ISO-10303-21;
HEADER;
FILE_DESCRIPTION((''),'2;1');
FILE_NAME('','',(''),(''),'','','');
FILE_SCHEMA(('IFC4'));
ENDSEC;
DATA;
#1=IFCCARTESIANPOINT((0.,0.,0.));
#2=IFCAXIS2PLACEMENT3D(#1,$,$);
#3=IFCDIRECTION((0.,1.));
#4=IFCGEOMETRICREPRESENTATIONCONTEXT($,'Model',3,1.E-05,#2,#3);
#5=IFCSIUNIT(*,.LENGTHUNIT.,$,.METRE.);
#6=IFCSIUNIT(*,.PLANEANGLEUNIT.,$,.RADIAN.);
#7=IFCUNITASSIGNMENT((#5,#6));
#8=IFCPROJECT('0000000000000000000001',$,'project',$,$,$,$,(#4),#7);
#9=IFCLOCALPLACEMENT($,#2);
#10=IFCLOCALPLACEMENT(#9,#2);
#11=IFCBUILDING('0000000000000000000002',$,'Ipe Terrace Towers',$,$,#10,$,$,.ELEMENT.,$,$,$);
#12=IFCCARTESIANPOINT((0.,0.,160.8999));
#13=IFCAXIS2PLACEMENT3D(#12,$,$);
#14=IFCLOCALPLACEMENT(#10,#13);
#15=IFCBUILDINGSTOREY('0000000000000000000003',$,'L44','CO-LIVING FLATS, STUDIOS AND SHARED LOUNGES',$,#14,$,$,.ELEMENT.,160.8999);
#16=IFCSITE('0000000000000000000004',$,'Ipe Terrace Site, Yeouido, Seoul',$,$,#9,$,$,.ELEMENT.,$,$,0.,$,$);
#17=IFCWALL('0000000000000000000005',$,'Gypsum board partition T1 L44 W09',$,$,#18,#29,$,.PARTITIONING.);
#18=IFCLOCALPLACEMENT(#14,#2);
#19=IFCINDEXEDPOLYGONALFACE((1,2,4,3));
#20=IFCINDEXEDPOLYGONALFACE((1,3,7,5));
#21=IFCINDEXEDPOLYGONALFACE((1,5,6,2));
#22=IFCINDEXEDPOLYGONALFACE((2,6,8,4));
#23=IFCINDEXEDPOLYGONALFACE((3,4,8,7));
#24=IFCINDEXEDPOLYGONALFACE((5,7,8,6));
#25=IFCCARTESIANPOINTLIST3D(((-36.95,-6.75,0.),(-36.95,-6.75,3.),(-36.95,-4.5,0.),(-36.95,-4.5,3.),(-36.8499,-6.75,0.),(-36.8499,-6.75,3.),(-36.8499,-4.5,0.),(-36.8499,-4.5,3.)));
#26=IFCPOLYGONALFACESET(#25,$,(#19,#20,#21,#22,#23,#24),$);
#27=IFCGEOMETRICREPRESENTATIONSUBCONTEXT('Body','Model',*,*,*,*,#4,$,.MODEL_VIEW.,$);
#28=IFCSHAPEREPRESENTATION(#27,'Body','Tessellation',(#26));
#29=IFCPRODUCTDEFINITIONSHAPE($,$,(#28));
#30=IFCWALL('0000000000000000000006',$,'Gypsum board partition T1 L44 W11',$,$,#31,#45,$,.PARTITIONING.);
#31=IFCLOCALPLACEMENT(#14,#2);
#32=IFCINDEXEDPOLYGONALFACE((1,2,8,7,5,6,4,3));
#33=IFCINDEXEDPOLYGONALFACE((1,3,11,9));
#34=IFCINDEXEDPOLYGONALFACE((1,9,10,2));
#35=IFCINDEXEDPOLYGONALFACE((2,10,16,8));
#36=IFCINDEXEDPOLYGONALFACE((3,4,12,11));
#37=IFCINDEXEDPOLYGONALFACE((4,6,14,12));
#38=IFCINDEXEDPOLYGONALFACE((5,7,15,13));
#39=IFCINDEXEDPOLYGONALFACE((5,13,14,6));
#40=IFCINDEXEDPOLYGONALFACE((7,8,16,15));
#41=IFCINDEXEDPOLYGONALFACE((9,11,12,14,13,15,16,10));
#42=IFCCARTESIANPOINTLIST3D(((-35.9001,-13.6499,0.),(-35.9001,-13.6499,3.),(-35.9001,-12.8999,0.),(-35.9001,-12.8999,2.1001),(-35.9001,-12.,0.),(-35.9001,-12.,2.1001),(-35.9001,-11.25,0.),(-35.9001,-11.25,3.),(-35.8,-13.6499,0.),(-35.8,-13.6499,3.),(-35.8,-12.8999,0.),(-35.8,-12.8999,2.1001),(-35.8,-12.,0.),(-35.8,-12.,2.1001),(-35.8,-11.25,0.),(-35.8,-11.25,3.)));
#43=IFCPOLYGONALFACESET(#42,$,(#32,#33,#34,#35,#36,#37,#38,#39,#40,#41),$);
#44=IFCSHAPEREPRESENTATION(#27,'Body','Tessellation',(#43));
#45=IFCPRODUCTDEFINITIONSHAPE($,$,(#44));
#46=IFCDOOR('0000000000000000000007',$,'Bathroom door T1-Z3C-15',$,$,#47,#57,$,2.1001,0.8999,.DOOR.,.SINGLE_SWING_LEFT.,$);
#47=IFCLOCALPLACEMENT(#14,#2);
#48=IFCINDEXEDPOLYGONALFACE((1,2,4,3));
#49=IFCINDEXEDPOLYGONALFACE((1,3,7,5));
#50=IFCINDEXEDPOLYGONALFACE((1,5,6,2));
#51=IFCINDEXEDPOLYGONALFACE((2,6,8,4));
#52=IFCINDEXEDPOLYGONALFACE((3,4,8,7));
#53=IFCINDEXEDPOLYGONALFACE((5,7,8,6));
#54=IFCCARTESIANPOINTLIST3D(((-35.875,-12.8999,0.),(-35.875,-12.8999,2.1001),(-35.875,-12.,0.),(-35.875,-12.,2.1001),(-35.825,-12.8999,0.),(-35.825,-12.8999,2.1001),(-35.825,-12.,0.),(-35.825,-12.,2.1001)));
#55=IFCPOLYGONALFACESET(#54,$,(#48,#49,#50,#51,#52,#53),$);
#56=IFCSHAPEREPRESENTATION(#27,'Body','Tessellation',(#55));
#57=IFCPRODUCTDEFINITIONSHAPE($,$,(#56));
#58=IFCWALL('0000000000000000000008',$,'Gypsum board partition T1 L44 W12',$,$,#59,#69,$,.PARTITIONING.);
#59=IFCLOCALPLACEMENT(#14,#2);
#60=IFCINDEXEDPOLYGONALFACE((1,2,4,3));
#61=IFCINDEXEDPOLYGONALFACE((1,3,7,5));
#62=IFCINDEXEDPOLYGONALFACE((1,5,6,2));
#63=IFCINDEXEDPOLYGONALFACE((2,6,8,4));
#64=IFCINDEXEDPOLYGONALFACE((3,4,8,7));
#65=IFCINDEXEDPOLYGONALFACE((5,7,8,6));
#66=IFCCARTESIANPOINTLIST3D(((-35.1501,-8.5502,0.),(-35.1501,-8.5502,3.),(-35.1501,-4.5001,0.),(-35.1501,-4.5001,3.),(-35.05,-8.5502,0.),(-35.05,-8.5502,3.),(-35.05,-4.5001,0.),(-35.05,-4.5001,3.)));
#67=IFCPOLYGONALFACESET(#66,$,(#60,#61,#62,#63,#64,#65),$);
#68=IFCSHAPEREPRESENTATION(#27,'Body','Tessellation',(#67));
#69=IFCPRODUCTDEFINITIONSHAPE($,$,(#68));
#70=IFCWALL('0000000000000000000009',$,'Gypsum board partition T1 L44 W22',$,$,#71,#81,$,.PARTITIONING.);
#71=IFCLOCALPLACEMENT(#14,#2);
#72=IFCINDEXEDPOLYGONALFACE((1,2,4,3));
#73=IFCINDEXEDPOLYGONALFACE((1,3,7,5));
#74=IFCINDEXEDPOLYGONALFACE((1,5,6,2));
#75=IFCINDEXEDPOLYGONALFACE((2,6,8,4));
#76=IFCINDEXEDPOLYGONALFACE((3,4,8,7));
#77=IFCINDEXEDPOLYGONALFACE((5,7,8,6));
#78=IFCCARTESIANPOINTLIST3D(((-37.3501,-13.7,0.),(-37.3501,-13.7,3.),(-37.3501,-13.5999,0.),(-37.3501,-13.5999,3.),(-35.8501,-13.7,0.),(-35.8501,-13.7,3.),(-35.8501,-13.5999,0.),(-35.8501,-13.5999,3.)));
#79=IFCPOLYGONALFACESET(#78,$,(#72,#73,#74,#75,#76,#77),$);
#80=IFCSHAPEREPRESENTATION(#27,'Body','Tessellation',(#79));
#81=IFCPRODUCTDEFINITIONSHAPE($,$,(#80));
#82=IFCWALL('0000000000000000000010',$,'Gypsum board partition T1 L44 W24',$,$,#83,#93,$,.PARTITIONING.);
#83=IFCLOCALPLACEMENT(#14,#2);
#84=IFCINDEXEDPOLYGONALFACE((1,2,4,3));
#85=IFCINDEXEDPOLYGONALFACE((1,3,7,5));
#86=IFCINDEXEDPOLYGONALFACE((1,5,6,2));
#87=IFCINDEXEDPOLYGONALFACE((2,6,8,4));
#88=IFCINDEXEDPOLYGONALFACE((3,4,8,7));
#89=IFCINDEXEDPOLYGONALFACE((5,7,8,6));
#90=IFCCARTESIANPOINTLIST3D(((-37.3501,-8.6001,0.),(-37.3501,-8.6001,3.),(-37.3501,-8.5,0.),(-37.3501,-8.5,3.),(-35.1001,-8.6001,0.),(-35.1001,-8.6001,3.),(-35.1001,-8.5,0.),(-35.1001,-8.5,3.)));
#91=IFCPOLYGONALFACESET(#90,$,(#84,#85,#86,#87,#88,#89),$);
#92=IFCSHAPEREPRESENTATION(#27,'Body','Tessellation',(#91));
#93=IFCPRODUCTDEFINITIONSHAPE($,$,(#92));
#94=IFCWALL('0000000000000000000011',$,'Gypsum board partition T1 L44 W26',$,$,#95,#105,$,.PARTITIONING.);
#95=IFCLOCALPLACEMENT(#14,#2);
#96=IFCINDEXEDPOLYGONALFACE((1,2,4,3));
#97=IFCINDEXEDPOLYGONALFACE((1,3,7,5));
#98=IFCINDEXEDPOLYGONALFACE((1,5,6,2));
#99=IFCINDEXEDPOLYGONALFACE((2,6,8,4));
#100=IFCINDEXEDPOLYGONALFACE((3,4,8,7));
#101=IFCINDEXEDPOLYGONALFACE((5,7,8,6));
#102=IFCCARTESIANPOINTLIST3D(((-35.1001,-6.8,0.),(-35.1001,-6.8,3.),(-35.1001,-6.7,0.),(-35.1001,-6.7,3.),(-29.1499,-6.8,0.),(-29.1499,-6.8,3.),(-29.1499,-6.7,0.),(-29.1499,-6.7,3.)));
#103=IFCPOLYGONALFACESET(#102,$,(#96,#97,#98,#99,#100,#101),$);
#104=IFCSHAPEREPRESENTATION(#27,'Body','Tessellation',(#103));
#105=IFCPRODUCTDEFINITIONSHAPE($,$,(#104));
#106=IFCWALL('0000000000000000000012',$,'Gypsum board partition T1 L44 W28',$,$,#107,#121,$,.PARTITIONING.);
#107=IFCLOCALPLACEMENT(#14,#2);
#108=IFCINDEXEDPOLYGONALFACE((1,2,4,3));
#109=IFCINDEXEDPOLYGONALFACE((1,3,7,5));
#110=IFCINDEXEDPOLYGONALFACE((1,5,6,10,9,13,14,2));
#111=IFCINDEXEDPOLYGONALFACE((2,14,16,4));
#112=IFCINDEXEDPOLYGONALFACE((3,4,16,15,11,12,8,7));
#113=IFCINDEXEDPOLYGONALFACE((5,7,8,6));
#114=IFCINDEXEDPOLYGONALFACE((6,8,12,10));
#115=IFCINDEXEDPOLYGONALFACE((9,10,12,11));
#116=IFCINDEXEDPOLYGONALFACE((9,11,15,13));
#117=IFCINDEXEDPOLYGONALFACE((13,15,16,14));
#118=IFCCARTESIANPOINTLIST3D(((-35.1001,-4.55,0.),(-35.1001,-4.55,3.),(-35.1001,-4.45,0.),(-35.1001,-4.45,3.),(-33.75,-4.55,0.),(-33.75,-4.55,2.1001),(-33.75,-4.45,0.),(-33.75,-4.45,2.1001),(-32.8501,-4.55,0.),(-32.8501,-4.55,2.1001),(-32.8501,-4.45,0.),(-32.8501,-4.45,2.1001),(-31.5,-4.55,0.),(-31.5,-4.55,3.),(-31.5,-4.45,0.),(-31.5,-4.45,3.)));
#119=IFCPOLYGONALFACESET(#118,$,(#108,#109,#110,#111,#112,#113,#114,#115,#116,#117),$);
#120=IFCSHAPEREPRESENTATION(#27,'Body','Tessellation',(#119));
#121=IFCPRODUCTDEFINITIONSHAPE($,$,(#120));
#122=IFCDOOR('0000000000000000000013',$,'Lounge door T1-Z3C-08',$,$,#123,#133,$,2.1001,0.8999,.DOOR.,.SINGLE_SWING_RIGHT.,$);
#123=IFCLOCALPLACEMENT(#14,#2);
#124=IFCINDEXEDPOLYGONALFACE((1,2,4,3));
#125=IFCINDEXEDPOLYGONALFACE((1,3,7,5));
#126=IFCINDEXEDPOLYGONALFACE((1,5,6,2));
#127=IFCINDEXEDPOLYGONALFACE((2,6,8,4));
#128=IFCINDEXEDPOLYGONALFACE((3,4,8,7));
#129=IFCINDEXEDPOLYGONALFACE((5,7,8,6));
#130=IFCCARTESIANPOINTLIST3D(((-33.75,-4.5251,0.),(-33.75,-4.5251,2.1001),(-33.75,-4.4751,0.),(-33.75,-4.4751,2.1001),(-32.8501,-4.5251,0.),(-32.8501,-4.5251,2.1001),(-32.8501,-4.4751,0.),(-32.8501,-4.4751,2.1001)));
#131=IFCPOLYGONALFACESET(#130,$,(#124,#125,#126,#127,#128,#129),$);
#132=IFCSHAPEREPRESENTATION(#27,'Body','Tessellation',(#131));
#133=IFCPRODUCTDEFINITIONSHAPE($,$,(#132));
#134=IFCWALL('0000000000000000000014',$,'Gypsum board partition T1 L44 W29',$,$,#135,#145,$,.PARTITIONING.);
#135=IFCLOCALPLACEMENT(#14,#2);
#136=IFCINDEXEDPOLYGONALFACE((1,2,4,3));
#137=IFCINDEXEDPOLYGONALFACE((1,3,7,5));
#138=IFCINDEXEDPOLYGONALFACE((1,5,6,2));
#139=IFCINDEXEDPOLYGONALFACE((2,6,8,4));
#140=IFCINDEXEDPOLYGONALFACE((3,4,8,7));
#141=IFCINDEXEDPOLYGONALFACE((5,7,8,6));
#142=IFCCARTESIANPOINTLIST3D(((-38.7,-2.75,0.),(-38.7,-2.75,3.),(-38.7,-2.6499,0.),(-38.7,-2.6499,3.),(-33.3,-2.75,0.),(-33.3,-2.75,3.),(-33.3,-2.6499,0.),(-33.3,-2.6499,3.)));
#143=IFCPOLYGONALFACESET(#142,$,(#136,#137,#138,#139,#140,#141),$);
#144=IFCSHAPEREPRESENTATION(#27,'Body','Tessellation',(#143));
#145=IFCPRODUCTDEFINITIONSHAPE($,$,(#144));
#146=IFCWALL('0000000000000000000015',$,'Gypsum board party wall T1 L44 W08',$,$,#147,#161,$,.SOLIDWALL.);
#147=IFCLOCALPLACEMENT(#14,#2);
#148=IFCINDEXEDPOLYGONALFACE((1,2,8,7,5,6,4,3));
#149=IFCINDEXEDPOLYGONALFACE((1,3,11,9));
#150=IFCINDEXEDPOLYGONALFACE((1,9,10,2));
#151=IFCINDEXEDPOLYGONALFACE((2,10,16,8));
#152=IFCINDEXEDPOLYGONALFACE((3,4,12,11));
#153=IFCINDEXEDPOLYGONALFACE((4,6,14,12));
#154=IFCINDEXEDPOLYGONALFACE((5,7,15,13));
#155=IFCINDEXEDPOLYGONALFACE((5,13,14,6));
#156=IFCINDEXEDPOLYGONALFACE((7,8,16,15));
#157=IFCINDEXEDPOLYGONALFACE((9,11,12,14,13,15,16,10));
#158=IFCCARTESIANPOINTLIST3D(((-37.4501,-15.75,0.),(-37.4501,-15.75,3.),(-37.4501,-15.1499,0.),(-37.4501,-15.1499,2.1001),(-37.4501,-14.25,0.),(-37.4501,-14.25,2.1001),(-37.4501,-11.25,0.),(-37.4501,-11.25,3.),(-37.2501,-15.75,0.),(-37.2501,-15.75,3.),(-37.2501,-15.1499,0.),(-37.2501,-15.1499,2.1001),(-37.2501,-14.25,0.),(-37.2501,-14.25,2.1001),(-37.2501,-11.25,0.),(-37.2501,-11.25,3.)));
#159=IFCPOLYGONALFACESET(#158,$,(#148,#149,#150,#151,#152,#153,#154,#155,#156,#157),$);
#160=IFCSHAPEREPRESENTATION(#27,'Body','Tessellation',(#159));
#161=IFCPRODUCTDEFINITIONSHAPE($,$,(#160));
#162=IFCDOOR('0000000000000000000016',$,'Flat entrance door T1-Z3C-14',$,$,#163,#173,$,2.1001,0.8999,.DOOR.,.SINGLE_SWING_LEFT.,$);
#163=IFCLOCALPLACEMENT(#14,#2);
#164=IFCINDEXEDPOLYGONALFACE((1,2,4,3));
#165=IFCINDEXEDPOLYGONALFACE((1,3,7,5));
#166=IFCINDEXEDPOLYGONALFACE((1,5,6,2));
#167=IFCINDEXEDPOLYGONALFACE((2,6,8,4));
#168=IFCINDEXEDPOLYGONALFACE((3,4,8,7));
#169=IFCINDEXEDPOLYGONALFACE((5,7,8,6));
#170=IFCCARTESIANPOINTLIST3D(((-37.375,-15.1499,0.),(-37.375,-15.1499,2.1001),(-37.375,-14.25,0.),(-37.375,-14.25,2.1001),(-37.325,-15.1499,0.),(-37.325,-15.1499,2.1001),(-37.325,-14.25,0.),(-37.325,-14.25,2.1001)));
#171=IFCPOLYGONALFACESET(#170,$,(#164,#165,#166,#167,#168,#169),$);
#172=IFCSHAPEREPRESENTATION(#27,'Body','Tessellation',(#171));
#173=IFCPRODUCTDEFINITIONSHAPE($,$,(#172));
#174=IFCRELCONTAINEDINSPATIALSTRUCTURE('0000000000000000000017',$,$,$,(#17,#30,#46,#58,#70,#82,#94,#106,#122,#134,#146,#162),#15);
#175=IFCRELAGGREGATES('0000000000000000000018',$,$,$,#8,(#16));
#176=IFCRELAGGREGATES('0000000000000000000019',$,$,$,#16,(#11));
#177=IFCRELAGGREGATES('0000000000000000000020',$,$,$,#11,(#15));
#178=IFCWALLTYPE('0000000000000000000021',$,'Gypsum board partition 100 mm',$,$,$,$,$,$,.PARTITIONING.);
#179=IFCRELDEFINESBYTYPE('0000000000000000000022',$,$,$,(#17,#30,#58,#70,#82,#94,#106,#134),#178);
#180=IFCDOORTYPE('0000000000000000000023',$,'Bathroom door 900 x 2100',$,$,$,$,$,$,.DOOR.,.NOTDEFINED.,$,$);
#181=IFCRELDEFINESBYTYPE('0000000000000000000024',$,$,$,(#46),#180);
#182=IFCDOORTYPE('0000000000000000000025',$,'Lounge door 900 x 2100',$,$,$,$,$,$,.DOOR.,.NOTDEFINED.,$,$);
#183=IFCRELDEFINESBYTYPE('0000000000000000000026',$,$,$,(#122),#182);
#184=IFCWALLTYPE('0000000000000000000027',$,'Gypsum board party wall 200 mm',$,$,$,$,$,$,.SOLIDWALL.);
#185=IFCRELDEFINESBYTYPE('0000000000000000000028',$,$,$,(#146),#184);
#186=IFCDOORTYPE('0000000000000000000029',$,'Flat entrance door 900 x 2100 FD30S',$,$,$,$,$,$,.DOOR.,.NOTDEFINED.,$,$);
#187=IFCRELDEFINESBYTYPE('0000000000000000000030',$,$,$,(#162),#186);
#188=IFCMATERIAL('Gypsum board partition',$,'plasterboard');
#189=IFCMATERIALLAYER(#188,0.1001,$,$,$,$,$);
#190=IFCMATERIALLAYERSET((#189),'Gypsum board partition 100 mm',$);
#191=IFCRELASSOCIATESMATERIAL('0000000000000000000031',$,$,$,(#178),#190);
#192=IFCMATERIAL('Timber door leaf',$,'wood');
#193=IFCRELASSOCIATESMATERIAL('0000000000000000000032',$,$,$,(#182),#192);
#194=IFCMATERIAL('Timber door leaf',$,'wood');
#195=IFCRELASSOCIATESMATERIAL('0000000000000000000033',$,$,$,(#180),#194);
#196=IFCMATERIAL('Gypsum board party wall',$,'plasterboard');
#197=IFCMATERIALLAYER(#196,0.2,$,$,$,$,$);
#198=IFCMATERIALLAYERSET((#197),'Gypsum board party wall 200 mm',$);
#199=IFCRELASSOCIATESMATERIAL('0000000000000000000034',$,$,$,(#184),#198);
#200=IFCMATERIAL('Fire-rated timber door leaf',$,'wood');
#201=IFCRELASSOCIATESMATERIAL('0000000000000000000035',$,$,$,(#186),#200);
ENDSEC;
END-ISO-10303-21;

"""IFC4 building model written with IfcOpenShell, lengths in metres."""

from ifc_helpers import new_model, si_unit, direction, frame, frame_2d, origin, place, context, subcontext, project, spatial, rectangle, extrude, material, layer, layer_set, type_object, element, fill, save


model = new_model("IFC4")

# Units and contexts
model_context = context("Model", 3, precision=1e-05, world=origin(), true_north=direction((0.0, 1.0)))
body_context = subcontext(model_context, "Body", "Model", "MODEL_VIEW")
ifc_project = project(units=[si_unit("LENGTHUNIT", "METRE"), si_unit("PLANEANGLEUNIT", "RADIAN")], contexts=[model_context])

# Site, building, storey
site_placement = place(None, origin())
site = spatial("IfcSite", under=ifc_project, at=site_placement, Name="Ipe Terrace Site, Yeouido, Seoul", CompositionType="ELEMENT", RefElevation=0.0)
building_placement = place(site_placement, origin())
building = spatial("IfcBuilding", under=site, at=building_placement, Name="Ipe Terrace Towers", CompositionType="ELEMENT")
storey_placement = place(building_placement, frame((0.0, 0.0, 160.8999)))
storey = spatial("IfcBuildingStorey", under=building, at=storey_placement, Name="L44", Description="CO-LIVING FLATS, STUDIOS AND SHARED LOUNGES", CompositionType="ELEMENT", Elevation=160.8999)

# Shared definitions
ifc_material_1 = material(Name="Gypsum board partition", Category="plasterboard")
ifc_layer_1 = layer(ifc_material_1, 0.1001)
ifc_layer_set_1 = layer_set([ifc_layer_1], Name="Gypsum board partition 100 mm")
wall_type_1 = type_object("IfcWallType", Name="Gypsum board partition 100 mm", PredefinedType="PARTITIONING", material=ifc_layer_set_1)
ifc_material_2 = material(Name="Timber door leaf", Category="wood")
door_type_1 = type_object("IfcDoorType", Name="Lounge door 900 x 2100", OperationType="NOTDEFINED", PredefinedType="DOOR", material=ifc_material_2)

# Wall
wall_1_placement = place(storey_placement, frame((-36.8999, -6.75, 0.0), z_axis=(0.0, 0.0, 1.0), x_axis=(0.0, 1.0, 0.0)))
element("IfcWall", 1, at=wall_1_placement, inside=storey, type_object=wall_type_1, Name="Gypsum board partition T1 L44 W09", PredefinedType="PARTITIONING", context=body_context, shape_type="SweptSolid", body=[
    extrude(rectangle(XDim=2.25, YDim=0.1001, at=frame_2d((1.125, 0.0))), origin(), (0.0, 0.0, 1.0), 3.0),
])

# Wall, opening, door
wall_2_placement = place(storey_placement, frame((-35.8501, -13.6499, 0.0), z_axis=(0.0, 0.0, 1.0), x_axis=(0.0, 1.0, 0.0)))
wall_2 = element("IfcWall", 2, at=wall_2_placement, inside=storey, type_object=wall_type_1, Name="Gypsum board partition T1 L44 W11", PredefinedType="PARTITIONING", context=body_context, shape_type="SweptSolid", body=[
    extrude(rectangle(XDim=2.3999, YDim=0.1001, at=frame_2d((1.2, 0.0))), origin(), (0.0, 0.0, 1.0), 3.0),
])
opening_1_placement = place(wall_2_placement, frame((0.75, 0.0, 0.0)))
opening_1 = element("IfcOpeningElement", 3, at=opening_1_placement, cuts=wall_2, PredefinedType="OPENING", context=body_context, shape_type="SweptSolid", body=[
    extrude(rectangle(XDim=0.8999, YDim=2.1001, at=frame_2d((0.45, 1.05))), frame((0.0, 0.0601, 0.0), z_axis=(0.0, -1.0, 0.0), x_axis=(1.0, 0.0, 0.0)), (0.0, 0.0, 1.0), 0.1201),
])
ifc_material_3 = material(Name="Timber door leaf", Category="wood")
door_type_2 = type_object("IfcDoorType", Name="Bathroom door 900 x 2100", OperationType="NOTDEFINED", PredefinedType="DOOR", material=ifc_material_3)
door_1_placement = place(opening_1_placement, origin())
door_1 = element("IfcDoor", 4, at=door_1_placement, inside=storey, type_object=door_type_2, Name="Bathroom door T1-Z3C-15", OperationType="SINGLE_SWING_LEFT", OverallHeight=2.1001, OverallWidth=0.8999, PredefinedType="DOOR", context=body_context, shape_type="SweptSolid", body=[
    extrude(rectangle(XDim=0.8999, YDim=2.1001, at=frame_2d((0.45, 1.05))), frame((0.0, 0.0249, 0.0), z_axis=(0.0, -1.0, 0.0), x_axis=(1.0, 0.0, 0.0)), (0.0, 0.0, 1.0), 0.05),
])
fill(opening_1, door_1)

# Walls
wall_3_placement = place(storey_placement, frame((-35.1001, -8.55, 0.0), z_axis=(0.0, 0.0, 1.0), x_axis=(0.0, 1.0, 0.0)))
element("IfcWall", 5, at=wall_3_placement, inside=storey, type_object=wall_type_1, Name="Gypsum board partition T1 L44 W12", PredefinedType="PARTITIONING", context=body_context, shape_type="SweptSolid", body=[
    extrude(rectangle(XDim=4.05, YDim=0.1001, at=frame_2d((2.0249, 0.0))), origin(), (0.0, 0.0, 1.0), 3.0),
])
wall_4_placement = place(storey_placement, frame((-37.3501, -13.6499, 0.0), z_axis=(0.0, 0.0, 1.0), x_axis=(1.0, 0.0, 0.0)))
element("IfcWall", 6, at=wall_4_placement, inside=storey, type_object=wall_type_1, Name="Gypsum board partition T1 L44 W22", PredefinedType="PARTITIONING", context=body_context, shape_type="SweptSolid", body=[
    extrude(rectangle(XDim=1.5, YDim=0.1001, at=frame_2d((0.75, 0.0))), origin(), (0.0, 0.0, 1.0), 3.0),
])
wall_5_placement = place(storey_placement, frame((-37.3501, -8.55, 0.0), z_axis=(0.0, 0.0, 1.0), x_axis=(1.0, 0.0, 0.0)))
element("IfcWall", 7, at=wall_5_placement, inside=storey, type_object=wall_type_1, Name="Gypsum board partition T1 L44 W24", PredefinedType="PARTITIONING", context=body_context, shape_type="SweptSolid", body=[
    extrude(rectangle(XDim=2.25, YDim=0.1001, at=frame_2d((1.125, 0.0))), origin(), (0.0, 0.0, 1.0), 3.0),
])
wall_6_placement = place(storey_placement, frame((-35.1001, -6.75, 0.0), z_axis=(0.0, 0.0, 1.0), x_axis=(1.0, 0.0, 0.0)))
element("IfcWall", 8, at=wall_6_placement, inside=storey, type_object=wall_type_1, Name="Gypsum board partition T1 L44 W26", PredefinedType="PARTITIONING", context=body_context, shape_type="SweptSolid", body=[
    extrude(rectangle(XDim=5.9502, YDim=0.1001, at=frame_2d((2.9751, 0.0))), origin(), (0.0, 0.0, 1.0), 3.0),
])

# Wall, opening, door
wall_7_placement = place(storey_placement, frame((-35.1001, -4.5, 0.0), z_axis=(0.0, 0.0, 1.0), x_axis=(1.0, 0.0, 0.0)))
wall_7 = element("IfcWall", 9, at=wall_7_placement, inside=storey, type_object=wall_type_1, Name="Gypsum board partition T1 L44 W28", PredefinedType="PARTITIONING", context=body_context, shape_type="SweptSolid", body=[
    extrude(rectangle(XDim=3.6001, YDim=0.1001, at=frame_2d((1.8, 0.0))), origin(), (0.0, 0.0, 1.0), 3.0),
])
opening_2_placement = place(wall_7_placement, frame((1.3501, 0.0, 0.0)))
opening_2 = element("IfcOpeningElement", 10, at=opening_2_placement, cuts=wall_7, PredefinedType="OPENING", context=body_context, shape_type="SweptSolid", body=[
    extrude(rectangle(XDim=0.8999, YDim=2.1001, at=frame_2d((0.45, 1.05))), frame((0.0, 0.0601, 0.0), z_axis=(0.0, -1.0, 0.0), x_axis=(1.0, 0.0, 0.0)), (0.0, 0.0, 1.0), 0.1201),
])
door_2_placement = place(opening_2_placement, origin())
door_2 = element("IfcDoor", 11, at=door_2_placement, inside=storey, type_object=door_type_1, Name="Lounge door T1-Z3C-08", OperationType="SINGLE_SWING_RIGHT", OverallHeight=2.1001, OverallWidth=0.8999, PredefinedType="DOOR", context=body_context, shape_type="SweptSolid", body=[
    extrude(rectangle(XDim=0.8999, YDim=2.1001, at=frame_2d((0.45, 1.05))), frame((0.0, 0.0249, 0.0), z_axis=(0.0, -1.0, 0.0), x_axis=(1.0, 0.0, 0.0)), (0.0, 0.0, 1.0), 0.05),
])
fill(opening_2, door_2)

# Wall
wall_8_placement = place(storey_placement, frame((-38.7, -2.7, 0.0), z_axis=(0.0, 0.0, 1.0), x_axis=(1.0, 0.0, 0.0)))
element("IfcWall", 12, at=wall_8_placement, inside=storey, type_object=wall_type_1, Name="Gypsum board partition T1 L44 W29", PredefinedType="PARTITIONING", context=body_context, shape_type="SweptSolid", body=[
    extrude(rectangle(XDim=5.3999, YDim=0.1001, at=frame_2d((2.7, 0.0))), origin(), (0.0, 0.0, 1.0), 3.0),
])

# Wall, opening, door
ifc_material_4 = material(Name="Gypsum board party wall", Category="plasterboard")
ifc_layer_2 = layer(ifc_material_4, 0.2)
ifc_layer_set_2 = layer_set([ifc_layer_2], Name="Gypsum board party wall 200 mm")
wall_type_2 = type_object("IfcWallType", Name="Gypsum board party wall 200 mm", PredefinedType="SOLIDWALL", material=ifc_layer_set_2)
wall_9_placement = place(storey_placement, frame((-37.3501, -15.75, 0.0), z_axis=(0.0, 0.0, 1.0), x_axis=(0.0, 1.0, 0.0)))
wall_9 = element("IfcWall", 13, at=wall_9_placement, inside=storey, type_object=wall_type_2, Name="Gypsum board party wall T1 L44 W08", PredefinedType="SOLIDWALL", context=body_context, shape_type="SweptSolid", body=[
    extrude(rectangle(XDim=4.5, YDim=0.2, at=frame_2d((2.25, 0.0))), origin(), (0.0, 0.0, 1.0), 3.0),
])
opening_3_placement = place(wall_9_placement, frame((0.6001, 0.0, 0.0)))
opening_3 = element("IfcOpeningElement", 14, at=opening_3_placement, cuts=wall_9, PredefinedType="OPENING", context=body_context, shape_type="SweptSolid", body=[
    extrude(rectangle(XDim=0.8999, YDim=2.1001, at=frame_2d((0.45, 1.05))), frame((0.0, 0.1099, 0.0), z_axis=(0.0, -1.0, 0.0), x_axis=(1.0, 0.0, 0.0)), (0.0, 0.0, 1.0), 0.22),
])
ifc_material_5 = material(Name="Fire-rated timber door leaf", Category="wood")
door_type_3 = type_object("IfcDoorType", Name="Flat entrance door 900 x 2100 FD30S", OperationType="NOTDEFINED", PredefinedType="DOOR", material=ifc_material_5)
door_3_placement = place(opening_3_placement, origin())
door_3 = element("IfcDoor", 15, at=door_3_placement, inside=storey, type_object=door_type_3, Name="Flat entrance door T1-Z3C-14", OperationType="SINGLE_SWING_LEFT", OverallHeight=2.1001, OverallWidth=0.8999, PredefinedType="DOOR", context=body_context, shape_type="SweptSolid", body=[
    extrude(rectangle(XDim=0.8999, YDim=2.1001, at=frame_2d((0.45, 1.05))), frame((0.0, 0.0249, 0.0), z_axis=(0.0, -1.0, 0.0), x_axis=(1.0, 0.0, 0.0)), (0.0, 0.0, 1.0), 0.05),
])
fill(opening_3, door_3)

save(model, "model.ifc")
